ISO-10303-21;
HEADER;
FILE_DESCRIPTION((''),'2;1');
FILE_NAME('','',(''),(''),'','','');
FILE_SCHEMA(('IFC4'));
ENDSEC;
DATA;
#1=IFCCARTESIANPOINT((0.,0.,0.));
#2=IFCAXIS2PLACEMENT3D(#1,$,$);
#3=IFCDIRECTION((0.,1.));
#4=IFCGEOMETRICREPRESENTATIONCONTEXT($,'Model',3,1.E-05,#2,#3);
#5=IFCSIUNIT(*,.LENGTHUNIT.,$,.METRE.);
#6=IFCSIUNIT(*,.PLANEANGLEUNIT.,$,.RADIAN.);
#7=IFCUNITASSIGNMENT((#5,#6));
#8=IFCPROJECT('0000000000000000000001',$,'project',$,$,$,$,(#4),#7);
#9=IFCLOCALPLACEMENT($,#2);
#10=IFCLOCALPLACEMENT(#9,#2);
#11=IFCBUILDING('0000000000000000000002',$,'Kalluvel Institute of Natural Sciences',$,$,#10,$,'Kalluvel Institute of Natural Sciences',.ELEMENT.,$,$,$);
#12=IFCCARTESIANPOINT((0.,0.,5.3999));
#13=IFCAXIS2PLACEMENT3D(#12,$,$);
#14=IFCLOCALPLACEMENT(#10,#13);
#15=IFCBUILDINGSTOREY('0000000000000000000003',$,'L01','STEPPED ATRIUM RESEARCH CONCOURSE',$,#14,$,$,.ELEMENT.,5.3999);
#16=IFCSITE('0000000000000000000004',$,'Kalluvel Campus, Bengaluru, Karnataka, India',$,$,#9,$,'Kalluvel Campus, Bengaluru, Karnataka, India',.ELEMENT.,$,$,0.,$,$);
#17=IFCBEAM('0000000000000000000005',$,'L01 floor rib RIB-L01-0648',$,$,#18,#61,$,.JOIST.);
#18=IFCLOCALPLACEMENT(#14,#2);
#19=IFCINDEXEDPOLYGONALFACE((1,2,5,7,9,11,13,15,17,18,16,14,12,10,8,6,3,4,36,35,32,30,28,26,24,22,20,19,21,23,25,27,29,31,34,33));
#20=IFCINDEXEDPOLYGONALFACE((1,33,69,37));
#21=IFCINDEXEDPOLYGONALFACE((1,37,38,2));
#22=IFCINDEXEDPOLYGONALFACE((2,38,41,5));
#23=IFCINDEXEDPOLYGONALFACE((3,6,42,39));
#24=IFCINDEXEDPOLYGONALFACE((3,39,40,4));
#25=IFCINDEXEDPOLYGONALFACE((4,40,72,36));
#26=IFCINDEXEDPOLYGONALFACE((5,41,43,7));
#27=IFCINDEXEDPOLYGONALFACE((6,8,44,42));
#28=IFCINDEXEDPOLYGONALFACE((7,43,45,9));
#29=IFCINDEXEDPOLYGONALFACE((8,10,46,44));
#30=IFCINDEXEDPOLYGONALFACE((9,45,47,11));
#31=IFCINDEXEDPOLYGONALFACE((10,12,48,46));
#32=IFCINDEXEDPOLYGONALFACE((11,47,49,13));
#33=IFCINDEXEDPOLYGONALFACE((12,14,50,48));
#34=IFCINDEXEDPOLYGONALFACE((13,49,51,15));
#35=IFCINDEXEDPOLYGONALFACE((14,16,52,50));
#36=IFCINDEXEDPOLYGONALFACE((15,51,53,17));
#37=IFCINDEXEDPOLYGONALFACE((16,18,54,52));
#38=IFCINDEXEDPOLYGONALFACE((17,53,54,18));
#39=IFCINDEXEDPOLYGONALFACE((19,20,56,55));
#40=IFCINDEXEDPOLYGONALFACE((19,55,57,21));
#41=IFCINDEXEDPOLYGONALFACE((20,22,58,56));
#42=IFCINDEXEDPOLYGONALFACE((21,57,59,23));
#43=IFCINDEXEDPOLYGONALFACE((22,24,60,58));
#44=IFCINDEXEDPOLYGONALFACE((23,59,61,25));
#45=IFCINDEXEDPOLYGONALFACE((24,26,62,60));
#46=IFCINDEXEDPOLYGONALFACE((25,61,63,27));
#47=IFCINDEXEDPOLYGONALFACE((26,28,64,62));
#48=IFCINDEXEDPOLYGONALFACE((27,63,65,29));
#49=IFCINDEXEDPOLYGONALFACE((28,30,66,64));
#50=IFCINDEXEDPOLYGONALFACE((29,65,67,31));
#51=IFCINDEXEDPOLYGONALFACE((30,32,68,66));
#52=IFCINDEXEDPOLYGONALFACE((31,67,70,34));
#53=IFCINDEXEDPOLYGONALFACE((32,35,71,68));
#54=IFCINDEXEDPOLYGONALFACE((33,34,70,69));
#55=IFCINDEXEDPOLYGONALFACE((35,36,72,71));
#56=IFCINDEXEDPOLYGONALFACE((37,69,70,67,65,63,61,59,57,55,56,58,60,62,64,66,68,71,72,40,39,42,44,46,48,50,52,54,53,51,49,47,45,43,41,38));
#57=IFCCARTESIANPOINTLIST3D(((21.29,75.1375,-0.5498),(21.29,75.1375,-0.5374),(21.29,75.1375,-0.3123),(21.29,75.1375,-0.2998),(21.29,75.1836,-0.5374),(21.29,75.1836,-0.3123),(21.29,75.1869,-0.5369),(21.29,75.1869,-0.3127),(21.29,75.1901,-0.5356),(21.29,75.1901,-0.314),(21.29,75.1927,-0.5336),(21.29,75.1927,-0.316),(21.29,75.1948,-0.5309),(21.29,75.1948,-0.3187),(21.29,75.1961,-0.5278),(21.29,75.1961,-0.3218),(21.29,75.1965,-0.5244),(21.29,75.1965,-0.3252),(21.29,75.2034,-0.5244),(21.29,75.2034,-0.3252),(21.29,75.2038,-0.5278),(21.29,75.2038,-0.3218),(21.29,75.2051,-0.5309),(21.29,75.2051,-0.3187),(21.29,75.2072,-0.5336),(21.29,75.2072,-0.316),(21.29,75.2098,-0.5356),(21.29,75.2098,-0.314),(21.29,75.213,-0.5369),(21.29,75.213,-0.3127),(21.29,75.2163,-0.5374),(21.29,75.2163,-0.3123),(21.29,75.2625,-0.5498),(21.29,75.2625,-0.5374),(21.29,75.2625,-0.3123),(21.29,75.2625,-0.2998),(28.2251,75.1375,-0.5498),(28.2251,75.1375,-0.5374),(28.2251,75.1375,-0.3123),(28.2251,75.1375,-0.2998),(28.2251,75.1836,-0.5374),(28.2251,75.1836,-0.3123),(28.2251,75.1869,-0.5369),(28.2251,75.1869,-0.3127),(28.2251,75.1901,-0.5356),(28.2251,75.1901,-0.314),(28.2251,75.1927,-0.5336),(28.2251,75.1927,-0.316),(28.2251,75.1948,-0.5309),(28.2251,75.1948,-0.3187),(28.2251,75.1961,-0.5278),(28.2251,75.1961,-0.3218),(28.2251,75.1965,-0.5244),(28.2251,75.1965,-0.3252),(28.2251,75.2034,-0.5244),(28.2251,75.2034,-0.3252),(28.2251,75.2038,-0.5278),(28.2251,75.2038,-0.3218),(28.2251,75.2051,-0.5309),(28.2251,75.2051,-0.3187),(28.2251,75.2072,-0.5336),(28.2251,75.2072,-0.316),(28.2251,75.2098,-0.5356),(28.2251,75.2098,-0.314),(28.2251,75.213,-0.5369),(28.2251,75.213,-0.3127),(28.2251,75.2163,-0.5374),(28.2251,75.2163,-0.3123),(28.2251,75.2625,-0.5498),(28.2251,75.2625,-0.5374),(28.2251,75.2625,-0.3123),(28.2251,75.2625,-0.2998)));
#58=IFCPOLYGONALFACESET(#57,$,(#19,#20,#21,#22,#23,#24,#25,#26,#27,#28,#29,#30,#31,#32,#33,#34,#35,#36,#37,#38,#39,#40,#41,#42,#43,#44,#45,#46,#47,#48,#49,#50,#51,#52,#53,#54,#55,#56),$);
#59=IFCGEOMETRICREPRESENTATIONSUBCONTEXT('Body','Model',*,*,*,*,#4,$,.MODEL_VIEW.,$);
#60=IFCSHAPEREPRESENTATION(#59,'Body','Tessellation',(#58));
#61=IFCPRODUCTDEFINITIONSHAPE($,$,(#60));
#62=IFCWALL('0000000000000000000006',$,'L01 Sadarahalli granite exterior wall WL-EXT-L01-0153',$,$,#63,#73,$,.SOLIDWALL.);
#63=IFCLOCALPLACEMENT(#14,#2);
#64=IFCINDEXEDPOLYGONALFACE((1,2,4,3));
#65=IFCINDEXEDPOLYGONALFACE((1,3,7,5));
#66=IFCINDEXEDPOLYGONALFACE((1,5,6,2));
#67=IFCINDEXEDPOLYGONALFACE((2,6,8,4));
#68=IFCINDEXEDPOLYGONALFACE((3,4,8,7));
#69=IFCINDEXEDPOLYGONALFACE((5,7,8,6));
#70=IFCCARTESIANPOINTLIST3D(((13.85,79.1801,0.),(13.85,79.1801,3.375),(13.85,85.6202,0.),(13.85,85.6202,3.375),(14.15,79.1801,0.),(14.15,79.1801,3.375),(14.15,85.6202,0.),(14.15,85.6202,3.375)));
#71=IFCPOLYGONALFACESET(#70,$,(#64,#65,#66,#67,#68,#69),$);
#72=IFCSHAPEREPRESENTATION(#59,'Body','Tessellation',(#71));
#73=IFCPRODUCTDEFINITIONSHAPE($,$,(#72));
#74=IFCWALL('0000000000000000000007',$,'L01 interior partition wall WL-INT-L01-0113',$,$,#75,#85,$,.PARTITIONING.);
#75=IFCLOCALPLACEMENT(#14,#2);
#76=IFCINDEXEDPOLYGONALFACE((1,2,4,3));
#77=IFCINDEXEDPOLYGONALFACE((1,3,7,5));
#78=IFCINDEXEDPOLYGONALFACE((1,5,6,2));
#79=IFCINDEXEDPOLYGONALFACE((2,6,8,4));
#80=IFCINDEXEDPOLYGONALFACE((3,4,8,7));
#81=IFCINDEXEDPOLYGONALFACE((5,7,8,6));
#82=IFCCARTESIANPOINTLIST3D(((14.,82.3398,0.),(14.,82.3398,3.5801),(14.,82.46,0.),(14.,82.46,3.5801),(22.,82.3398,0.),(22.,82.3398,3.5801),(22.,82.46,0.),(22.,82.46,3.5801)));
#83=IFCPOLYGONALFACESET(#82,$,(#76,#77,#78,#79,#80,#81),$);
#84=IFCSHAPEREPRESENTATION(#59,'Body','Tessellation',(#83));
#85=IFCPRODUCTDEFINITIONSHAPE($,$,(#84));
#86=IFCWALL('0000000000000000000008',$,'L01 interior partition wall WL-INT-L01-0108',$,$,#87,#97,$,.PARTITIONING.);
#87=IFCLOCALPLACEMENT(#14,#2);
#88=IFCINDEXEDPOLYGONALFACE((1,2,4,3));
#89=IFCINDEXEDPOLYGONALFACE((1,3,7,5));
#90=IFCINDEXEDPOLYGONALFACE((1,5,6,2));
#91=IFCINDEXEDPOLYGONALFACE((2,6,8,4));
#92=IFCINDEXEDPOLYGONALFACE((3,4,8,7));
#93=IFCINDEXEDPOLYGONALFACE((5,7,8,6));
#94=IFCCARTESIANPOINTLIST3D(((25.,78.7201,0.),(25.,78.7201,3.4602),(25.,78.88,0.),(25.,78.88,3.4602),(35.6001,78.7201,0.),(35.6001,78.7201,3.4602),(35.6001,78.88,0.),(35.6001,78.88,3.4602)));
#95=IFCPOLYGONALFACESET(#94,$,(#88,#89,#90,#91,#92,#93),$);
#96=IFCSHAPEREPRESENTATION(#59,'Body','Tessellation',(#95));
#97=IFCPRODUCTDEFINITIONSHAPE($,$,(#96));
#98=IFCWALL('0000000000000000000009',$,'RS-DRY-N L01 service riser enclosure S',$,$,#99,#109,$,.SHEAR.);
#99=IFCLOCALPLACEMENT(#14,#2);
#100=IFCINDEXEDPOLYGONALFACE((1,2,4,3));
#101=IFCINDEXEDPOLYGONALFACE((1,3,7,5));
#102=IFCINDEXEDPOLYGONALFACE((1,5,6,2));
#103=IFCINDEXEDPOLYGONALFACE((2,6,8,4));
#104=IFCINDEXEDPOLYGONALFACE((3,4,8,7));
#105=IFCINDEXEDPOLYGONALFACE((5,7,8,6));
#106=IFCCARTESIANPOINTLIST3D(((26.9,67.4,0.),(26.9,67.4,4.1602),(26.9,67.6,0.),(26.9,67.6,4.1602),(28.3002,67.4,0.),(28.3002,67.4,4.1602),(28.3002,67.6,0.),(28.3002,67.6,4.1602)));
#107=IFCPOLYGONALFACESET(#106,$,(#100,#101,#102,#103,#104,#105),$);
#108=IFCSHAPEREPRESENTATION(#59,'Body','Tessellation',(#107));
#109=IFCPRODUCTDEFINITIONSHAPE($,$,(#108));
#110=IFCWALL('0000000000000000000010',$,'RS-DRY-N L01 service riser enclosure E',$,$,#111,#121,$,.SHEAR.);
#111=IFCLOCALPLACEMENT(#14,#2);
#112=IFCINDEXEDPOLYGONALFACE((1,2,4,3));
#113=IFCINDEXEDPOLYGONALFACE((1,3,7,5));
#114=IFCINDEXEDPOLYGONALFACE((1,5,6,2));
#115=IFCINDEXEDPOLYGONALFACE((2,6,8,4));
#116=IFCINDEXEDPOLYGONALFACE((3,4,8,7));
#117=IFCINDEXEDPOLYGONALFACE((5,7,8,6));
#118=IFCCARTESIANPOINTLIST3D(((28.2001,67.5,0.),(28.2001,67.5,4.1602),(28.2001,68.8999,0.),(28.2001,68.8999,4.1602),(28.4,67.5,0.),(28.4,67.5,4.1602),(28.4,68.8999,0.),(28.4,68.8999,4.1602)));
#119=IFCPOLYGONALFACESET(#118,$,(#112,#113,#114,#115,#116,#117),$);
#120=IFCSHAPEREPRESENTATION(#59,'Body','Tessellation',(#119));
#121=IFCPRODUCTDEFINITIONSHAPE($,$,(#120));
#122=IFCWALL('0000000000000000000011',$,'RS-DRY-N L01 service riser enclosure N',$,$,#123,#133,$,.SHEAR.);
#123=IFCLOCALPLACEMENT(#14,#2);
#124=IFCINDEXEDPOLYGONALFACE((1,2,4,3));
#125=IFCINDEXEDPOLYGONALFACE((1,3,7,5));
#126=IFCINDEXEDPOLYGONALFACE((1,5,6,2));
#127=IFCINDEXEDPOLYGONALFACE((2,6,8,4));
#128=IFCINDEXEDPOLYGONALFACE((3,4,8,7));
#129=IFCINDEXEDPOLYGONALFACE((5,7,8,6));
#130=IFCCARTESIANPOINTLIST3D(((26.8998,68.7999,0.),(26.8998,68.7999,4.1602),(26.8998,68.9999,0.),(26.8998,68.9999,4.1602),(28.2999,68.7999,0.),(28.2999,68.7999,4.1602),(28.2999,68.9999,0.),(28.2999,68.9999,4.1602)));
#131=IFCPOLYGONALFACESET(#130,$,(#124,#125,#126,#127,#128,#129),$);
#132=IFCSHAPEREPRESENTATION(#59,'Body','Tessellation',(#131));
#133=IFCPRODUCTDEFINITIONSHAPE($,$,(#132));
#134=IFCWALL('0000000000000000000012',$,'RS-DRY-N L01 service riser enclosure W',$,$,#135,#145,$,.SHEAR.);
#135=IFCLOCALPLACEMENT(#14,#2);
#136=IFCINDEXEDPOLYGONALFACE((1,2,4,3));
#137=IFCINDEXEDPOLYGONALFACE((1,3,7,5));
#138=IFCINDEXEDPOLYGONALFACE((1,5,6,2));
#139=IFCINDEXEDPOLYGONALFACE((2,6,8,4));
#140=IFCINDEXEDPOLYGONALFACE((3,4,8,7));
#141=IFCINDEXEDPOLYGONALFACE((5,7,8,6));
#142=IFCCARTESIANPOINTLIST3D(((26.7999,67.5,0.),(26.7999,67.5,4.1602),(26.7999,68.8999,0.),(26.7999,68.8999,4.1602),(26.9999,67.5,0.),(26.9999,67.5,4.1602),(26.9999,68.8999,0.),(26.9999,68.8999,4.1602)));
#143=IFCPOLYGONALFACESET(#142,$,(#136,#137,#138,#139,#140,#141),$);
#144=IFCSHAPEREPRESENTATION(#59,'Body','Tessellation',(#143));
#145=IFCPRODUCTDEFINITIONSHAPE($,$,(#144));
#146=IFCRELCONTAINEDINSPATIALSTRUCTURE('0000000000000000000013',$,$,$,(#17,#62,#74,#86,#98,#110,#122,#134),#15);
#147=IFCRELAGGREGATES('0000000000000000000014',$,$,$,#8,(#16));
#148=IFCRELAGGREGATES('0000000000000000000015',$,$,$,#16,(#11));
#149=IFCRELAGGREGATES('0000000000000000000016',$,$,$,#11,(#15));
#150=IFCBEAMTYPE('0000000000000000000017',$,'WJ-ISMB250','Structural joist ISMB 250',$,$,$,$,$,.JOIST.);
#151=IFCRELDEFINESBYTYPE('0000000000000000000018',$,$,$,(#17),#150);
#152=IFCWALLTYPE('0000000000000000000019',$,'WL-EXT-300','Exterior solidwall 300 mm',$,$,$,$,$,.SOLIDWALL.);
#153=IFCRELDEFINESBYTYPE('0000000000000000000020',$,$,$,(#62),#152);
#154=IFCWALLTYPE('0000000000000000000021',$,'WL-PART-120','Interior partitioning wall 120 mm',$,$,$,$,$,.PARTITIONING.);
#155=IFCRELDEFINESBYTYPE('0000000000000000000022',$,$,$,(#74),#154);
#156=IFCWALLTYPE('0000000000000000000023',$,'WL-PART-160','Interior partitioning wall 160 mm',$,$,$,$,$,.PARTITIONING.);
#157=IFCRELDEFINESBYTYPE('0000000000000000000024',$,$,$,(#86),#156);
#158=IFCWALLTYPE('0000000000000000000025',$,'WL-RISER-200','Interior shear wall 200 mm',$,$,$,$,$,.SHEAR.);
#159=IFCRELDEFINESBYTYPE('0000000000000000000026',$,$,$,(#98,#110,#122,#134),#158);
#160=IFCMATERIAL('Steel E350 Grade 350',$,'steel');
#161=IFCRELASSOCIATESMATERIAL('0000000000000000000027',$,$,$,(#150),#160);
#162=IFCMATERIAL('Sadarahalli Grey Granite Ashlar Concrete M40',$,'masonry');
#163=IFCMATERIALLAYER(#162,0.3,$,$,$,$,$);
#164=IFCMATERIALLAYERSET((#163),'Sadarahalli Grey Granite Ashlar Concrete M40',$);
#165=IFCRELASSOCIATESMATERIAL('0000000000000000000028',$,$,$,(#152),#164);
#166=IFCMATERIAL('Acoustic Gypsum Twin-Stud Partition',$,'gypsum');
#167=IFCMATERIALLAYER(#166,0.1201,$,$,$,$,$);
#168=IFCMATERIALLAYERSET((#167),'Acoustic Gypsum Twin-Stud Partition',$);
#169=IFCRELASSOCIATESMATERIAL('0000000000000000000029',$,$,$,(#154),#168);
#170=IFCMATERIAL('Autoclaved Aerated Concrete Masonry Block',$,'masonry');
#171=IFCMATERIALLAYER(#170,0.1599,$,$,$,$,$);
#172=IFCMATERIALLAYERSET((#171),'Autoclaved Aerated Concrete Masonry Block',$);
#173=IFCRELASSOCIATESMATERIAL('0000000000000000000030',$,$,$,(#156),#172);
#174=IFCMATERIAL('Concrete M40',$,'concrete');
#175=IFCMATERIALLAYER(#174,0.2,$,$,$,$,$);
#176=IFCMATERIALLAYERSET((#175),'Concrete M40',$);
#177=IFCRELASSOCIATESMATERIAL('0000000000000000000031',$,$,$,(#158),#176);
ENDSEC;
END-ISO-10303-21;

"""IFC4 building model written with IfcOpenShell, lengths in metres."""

from ifc_helpers import new_model, si_unit, direction, frame, frame_2d, origin, origin_2d, place, context, subcontext, project, spatial, rectangle, i_section, extrude, material, layer, layer_set, material_profile, profile_set, type_object, element, save


model = new_model("IFC4")

# Units and contexts
model_context = context("Model", 3, precision=1e-05, world=origin(), true_north=direction((0.0, 1.0)))
body_context = subcontext(model_context, "Body", "Model", "MODEL_VIEW")
ifc_project = project(units=[si_unit("LENGTHUNIT", "METRE"), si_unit("PLANEANGLEUNIT", "RADIAN")], contexts=[model_context])

# Site, building, storey
site_placement = place(None, origin())
site = spatial("IfcSite", under=ifc_project, at=site_placement, Name="Kalluvel Campus, Bengaluru, Karnataka, India", LongName="Kalluvel Campus, Bengaluru, Karnataka, India", CompositionType="ELEMENT", RefElevation=0.0)
building_placement = place(site_placement, origin())
building = spatial("IfcBuilding", under=site, at=building_placement, Name="Kalluvel Institute of Natural Sciences", LongName="Kalluvel Institute of Natural Sciences", CompositionType="ELEMENT")
storey_placement = place(building_placement, frame((0.0, 0.0, 5.3999)))
storey = spatial("IfcBuildingStorey", under=building, at=storey_placement, Name="L01", Description="STEPPED ATRIUM RESEARCH CONCOURSE", CompositionType="ELEMENT", Elevation=5.3999)

# Beam
ifc_material_1 = material(Name="Steel E350 Grade 350", Category="steel")
ifc_material_2 = material(Name="Concrete M40", Category="concrete")
ifc_material_profile_1 = material_profile(ifc_material_1, i_section(OverallWidth=0.125, OverallDepth=0.25, WebThickness=0.0068, FlangeThickness=0.0125, FilletRadius=0.0129, at=origin_2d()), Name="ISMB 250")
ifc_profile_set_1 = profile_set([ifc_material_profile_1], Name="Steel E350 Grade 350")
beam_type_1 = type_object("IfcBeamType", Name="WJ-ISMB250", Description="Structural joist ISMB 250", PredefinedType="JOIST", material=ifc_profile_set_1)
beam_1_placement = place(storey_placement, frame((21.29, 75.2, -0.4248), z_axis=(1.0, 0.0, 0.0), x_axis=(0.0, 1.0, 0.0)))
element("IfcBeam", 1, at=beam_1_placement, inside=storey, type_object=beam_type_1, Name="L01 floor rib RIB-L01-0648", PredefinedType="JOIST", context=body_context, shape_type="SweptSolid", body=[
    extrude(i_section(OverallWidth=0.125, OverallDepth=0.25, WebThickness=0.0068, FlangeThickness=0.0125, FilletRadius=0.0129, at=origin_2d()), origin(), (0.0, 0.0, 1.0), 6.9351),
])

# Walls
ifc_material_3 = material(Name="Sadarahalli Grey Granite Ashlar Concrete M40", Category="masonry")
ifc_layer_1 = layer(ifc_material_3, 0.3)
ifc_layer_set_1 = layer_set([ifc_layer_1], Name="Sadarahalli Grey Granite Ashlar Concrete M40")
wall_type_1 = type_object("IfcWallType", Name="WL-EXT-300", Description="Exterior solidwall 300 mm", PredefinedType="SOLIDWALL", material=ifc_layer_set_1)
wall_1_placement = place(storey_placement, frame((14.0, 79.1799, 0.0), z_axis=(0.0, 0.0, 1.0), x_axis=(0.0, 1.0, 0.0)))
element("IfcWall", 2, at=wall_1_placement, inside=storey, type_object=wall_type_1, Name="L01 Sadarahalli granite exterior wall WL-EXT-L01-0153", PredefinedType="SOLIDWALL", context=body_context, shape_type="SweptSolid", body=[
    extrude(rectangle(XDim=6.4402, YDim=0.3, at=frame_2d((3.2202, 0.0))), origin(), (0.0, 0.0, 1.0), 3.375),
])
ifc_material_4 = material(Name="Acoustic Gypsum Twin-Stud Partition", Category="gypsum")
ifc_layer_2 = layer(ifc_material_4, 0.1201)
ifc_layer_set_2 = layer_set([ifc_layer_2], Name="Acoustic Gypsum Twin-Stud Partition")
wall_type_2 = type_object("IfcWallType", Name="WL-PART-120", Description="Interior partitioning wall 120 mm", PredefinedType="PARTITIONING", material=ifc_layer_set_2)
wall_2_placement = place(storey_placement, frame((14.0, 82.3999, 0.0), z_axis=(0.0, 0.0, 1.0), x_axis=(1.0, 0.0, 0.0)))
element("IfcWall", 3, at=wall_2_placement, inside=storey, type_object=wall_type_2, Name="L01 interior partition wall WL-INT-L01-0113", PredefinedType="PARTITIONING", context=body_context, shape_type="SweptSolid", body=[
    extrude(rectangle(XDim=8.0, YDim=0.1201, at=frame_2d((4.0, 0.0))), origin(), (0.0, 0.0, 1.0), 3.5801),
])
ifc_material_5 = material(Name="Autoclaved Aerated Concrete Masonry Block", Category="masonry")
ifc_layer_3 = layer(ifc_material_5, 0.1599)
ifc_layer_set_3 = layer_set([ifc_layer_3], Name="Autoclaved Aerated Concrete Masonry Block")
wall_type_3 = type_object("IfcWallType", Name="WL-PART-160", Description="Interior partitioning wall 160 mm", PredefinedType="PARTITIONING", material=ifc_layer_set_3)
wall_3_placement = place(storey_placement, frame((25.0, 78.8, 0.0), z_axis=(0.0, 0.0, 1.0), x_axis=(1.0, 0.0, 0.0)))
element("IfcWall", 4, at=wall_3_placement, inside=storey, type_object=wall_type_3, Name="L01 interior partition wall WL-INT-L01-0108", PredefinedType="PARTITIONING", context=body_context, shape_type="SweptSolid", body=[
    extrude(rectangle(XDim=10.6001, YDim=0.1599, at=frame_2d((5.3, 0.0))), origin(), (0.0, 0.0, 1.0), 3.4602),
])
ifc_layer_4 = layer(ifc_material_2, 0.2)
ifc_layer_set_4 = layer_set([ifc_layer_4], Name="Concrete M40")
wall_type_4 = type_object("IfcWallType", Name="WL-RISER-200", Description="Interior shear wall 200 mm", PredefinedType="SHEAR", material=ifc_layer_set_4)
wall_4_placement = place(storey_placement, frame((26.8999, 67.5, 0.0), z_axis=(0.0, 0.0, 1.0), x_axis=(1.0, 0.0, 0.0)))
element("IfcWall", 5, at=wall_4_placement, inside=storey, type_object=wall_type_4, Name="RS-DRY-N L01 service riser enclosure S", PredefinedType="SHEAR", context=body_context, shape_type="SweptSolid", body=[
    extrude(rectangle(XDim=1.4001, YDim=0.2, at=frame_2d((0.7002, 0.0))), origin(), (0.0, 0.0, 1.0), 4.1602),
])
wall_5_placement = place(storey_placement, frame((28.3, 67.5, 0.0), z_axis=(0.0, 0.0, 1.0), x_axis=(0.0, 1.0, 0.0)))
element("IfcWall", 6, at=wall_5_placement, inside=storey, type_object=wall_type_4, Name="RS-DRY-N L01 service riser enclosure E", PredefinedType="SHEAR", context=body_context, shape_type="SweptSolid", body=[
    extrude(rectangle(XDim=1.3999, YDim=0.2, at=frame_2d((0.7, 0.0))), origin(), (0.0, 0.0, 1.0), 4.1602),
])
wall_6_placement = place(storey_placement, frame((28.3, 68.8999, 0.0), z_axis=(0.0, 0.0, 1.0), x_axis=(-1.0, 0.0, 0.0)))
element("IfcWall", 7, at=wall_6_placement, inside=storey, type_object=wall_type_4, Name="RS-DRY-N L01 service riser enclosure N", PredefinedType="SHEAR", context=body_context, shape_type="SweptSolid", body=[
    extrude(rectangle(XDim=1.4001, YDim=0.2, at=frame_2d((0.7002, 0.0))), origin(), (0.0, 0.0, 1.0), 4.1602),
])
wall_7_placement = place(storey_placement, frame((26.8999, 68.8999, 0.0), z_axis=(0.0, 0.0, 1.0), x_axis=(0.0, -1.0, 0.0)))
element("IfcWall", 8, at=wall_7_placement, inside=storey, type_object=wall_type_4, Name="RS-DRY-N L01 service riser enclosure W", PredefinedType="SHEAR", context=body_context, shape_type="SweptSolid", body=[
    extrude(rectangle(XDim=1.3999, YDim=0.2, at=frame_2d((0.7, 0.0))), origin(), (0.0, 0.0, 1.0), 4.1602),
])

save(model, "model.ifc")
